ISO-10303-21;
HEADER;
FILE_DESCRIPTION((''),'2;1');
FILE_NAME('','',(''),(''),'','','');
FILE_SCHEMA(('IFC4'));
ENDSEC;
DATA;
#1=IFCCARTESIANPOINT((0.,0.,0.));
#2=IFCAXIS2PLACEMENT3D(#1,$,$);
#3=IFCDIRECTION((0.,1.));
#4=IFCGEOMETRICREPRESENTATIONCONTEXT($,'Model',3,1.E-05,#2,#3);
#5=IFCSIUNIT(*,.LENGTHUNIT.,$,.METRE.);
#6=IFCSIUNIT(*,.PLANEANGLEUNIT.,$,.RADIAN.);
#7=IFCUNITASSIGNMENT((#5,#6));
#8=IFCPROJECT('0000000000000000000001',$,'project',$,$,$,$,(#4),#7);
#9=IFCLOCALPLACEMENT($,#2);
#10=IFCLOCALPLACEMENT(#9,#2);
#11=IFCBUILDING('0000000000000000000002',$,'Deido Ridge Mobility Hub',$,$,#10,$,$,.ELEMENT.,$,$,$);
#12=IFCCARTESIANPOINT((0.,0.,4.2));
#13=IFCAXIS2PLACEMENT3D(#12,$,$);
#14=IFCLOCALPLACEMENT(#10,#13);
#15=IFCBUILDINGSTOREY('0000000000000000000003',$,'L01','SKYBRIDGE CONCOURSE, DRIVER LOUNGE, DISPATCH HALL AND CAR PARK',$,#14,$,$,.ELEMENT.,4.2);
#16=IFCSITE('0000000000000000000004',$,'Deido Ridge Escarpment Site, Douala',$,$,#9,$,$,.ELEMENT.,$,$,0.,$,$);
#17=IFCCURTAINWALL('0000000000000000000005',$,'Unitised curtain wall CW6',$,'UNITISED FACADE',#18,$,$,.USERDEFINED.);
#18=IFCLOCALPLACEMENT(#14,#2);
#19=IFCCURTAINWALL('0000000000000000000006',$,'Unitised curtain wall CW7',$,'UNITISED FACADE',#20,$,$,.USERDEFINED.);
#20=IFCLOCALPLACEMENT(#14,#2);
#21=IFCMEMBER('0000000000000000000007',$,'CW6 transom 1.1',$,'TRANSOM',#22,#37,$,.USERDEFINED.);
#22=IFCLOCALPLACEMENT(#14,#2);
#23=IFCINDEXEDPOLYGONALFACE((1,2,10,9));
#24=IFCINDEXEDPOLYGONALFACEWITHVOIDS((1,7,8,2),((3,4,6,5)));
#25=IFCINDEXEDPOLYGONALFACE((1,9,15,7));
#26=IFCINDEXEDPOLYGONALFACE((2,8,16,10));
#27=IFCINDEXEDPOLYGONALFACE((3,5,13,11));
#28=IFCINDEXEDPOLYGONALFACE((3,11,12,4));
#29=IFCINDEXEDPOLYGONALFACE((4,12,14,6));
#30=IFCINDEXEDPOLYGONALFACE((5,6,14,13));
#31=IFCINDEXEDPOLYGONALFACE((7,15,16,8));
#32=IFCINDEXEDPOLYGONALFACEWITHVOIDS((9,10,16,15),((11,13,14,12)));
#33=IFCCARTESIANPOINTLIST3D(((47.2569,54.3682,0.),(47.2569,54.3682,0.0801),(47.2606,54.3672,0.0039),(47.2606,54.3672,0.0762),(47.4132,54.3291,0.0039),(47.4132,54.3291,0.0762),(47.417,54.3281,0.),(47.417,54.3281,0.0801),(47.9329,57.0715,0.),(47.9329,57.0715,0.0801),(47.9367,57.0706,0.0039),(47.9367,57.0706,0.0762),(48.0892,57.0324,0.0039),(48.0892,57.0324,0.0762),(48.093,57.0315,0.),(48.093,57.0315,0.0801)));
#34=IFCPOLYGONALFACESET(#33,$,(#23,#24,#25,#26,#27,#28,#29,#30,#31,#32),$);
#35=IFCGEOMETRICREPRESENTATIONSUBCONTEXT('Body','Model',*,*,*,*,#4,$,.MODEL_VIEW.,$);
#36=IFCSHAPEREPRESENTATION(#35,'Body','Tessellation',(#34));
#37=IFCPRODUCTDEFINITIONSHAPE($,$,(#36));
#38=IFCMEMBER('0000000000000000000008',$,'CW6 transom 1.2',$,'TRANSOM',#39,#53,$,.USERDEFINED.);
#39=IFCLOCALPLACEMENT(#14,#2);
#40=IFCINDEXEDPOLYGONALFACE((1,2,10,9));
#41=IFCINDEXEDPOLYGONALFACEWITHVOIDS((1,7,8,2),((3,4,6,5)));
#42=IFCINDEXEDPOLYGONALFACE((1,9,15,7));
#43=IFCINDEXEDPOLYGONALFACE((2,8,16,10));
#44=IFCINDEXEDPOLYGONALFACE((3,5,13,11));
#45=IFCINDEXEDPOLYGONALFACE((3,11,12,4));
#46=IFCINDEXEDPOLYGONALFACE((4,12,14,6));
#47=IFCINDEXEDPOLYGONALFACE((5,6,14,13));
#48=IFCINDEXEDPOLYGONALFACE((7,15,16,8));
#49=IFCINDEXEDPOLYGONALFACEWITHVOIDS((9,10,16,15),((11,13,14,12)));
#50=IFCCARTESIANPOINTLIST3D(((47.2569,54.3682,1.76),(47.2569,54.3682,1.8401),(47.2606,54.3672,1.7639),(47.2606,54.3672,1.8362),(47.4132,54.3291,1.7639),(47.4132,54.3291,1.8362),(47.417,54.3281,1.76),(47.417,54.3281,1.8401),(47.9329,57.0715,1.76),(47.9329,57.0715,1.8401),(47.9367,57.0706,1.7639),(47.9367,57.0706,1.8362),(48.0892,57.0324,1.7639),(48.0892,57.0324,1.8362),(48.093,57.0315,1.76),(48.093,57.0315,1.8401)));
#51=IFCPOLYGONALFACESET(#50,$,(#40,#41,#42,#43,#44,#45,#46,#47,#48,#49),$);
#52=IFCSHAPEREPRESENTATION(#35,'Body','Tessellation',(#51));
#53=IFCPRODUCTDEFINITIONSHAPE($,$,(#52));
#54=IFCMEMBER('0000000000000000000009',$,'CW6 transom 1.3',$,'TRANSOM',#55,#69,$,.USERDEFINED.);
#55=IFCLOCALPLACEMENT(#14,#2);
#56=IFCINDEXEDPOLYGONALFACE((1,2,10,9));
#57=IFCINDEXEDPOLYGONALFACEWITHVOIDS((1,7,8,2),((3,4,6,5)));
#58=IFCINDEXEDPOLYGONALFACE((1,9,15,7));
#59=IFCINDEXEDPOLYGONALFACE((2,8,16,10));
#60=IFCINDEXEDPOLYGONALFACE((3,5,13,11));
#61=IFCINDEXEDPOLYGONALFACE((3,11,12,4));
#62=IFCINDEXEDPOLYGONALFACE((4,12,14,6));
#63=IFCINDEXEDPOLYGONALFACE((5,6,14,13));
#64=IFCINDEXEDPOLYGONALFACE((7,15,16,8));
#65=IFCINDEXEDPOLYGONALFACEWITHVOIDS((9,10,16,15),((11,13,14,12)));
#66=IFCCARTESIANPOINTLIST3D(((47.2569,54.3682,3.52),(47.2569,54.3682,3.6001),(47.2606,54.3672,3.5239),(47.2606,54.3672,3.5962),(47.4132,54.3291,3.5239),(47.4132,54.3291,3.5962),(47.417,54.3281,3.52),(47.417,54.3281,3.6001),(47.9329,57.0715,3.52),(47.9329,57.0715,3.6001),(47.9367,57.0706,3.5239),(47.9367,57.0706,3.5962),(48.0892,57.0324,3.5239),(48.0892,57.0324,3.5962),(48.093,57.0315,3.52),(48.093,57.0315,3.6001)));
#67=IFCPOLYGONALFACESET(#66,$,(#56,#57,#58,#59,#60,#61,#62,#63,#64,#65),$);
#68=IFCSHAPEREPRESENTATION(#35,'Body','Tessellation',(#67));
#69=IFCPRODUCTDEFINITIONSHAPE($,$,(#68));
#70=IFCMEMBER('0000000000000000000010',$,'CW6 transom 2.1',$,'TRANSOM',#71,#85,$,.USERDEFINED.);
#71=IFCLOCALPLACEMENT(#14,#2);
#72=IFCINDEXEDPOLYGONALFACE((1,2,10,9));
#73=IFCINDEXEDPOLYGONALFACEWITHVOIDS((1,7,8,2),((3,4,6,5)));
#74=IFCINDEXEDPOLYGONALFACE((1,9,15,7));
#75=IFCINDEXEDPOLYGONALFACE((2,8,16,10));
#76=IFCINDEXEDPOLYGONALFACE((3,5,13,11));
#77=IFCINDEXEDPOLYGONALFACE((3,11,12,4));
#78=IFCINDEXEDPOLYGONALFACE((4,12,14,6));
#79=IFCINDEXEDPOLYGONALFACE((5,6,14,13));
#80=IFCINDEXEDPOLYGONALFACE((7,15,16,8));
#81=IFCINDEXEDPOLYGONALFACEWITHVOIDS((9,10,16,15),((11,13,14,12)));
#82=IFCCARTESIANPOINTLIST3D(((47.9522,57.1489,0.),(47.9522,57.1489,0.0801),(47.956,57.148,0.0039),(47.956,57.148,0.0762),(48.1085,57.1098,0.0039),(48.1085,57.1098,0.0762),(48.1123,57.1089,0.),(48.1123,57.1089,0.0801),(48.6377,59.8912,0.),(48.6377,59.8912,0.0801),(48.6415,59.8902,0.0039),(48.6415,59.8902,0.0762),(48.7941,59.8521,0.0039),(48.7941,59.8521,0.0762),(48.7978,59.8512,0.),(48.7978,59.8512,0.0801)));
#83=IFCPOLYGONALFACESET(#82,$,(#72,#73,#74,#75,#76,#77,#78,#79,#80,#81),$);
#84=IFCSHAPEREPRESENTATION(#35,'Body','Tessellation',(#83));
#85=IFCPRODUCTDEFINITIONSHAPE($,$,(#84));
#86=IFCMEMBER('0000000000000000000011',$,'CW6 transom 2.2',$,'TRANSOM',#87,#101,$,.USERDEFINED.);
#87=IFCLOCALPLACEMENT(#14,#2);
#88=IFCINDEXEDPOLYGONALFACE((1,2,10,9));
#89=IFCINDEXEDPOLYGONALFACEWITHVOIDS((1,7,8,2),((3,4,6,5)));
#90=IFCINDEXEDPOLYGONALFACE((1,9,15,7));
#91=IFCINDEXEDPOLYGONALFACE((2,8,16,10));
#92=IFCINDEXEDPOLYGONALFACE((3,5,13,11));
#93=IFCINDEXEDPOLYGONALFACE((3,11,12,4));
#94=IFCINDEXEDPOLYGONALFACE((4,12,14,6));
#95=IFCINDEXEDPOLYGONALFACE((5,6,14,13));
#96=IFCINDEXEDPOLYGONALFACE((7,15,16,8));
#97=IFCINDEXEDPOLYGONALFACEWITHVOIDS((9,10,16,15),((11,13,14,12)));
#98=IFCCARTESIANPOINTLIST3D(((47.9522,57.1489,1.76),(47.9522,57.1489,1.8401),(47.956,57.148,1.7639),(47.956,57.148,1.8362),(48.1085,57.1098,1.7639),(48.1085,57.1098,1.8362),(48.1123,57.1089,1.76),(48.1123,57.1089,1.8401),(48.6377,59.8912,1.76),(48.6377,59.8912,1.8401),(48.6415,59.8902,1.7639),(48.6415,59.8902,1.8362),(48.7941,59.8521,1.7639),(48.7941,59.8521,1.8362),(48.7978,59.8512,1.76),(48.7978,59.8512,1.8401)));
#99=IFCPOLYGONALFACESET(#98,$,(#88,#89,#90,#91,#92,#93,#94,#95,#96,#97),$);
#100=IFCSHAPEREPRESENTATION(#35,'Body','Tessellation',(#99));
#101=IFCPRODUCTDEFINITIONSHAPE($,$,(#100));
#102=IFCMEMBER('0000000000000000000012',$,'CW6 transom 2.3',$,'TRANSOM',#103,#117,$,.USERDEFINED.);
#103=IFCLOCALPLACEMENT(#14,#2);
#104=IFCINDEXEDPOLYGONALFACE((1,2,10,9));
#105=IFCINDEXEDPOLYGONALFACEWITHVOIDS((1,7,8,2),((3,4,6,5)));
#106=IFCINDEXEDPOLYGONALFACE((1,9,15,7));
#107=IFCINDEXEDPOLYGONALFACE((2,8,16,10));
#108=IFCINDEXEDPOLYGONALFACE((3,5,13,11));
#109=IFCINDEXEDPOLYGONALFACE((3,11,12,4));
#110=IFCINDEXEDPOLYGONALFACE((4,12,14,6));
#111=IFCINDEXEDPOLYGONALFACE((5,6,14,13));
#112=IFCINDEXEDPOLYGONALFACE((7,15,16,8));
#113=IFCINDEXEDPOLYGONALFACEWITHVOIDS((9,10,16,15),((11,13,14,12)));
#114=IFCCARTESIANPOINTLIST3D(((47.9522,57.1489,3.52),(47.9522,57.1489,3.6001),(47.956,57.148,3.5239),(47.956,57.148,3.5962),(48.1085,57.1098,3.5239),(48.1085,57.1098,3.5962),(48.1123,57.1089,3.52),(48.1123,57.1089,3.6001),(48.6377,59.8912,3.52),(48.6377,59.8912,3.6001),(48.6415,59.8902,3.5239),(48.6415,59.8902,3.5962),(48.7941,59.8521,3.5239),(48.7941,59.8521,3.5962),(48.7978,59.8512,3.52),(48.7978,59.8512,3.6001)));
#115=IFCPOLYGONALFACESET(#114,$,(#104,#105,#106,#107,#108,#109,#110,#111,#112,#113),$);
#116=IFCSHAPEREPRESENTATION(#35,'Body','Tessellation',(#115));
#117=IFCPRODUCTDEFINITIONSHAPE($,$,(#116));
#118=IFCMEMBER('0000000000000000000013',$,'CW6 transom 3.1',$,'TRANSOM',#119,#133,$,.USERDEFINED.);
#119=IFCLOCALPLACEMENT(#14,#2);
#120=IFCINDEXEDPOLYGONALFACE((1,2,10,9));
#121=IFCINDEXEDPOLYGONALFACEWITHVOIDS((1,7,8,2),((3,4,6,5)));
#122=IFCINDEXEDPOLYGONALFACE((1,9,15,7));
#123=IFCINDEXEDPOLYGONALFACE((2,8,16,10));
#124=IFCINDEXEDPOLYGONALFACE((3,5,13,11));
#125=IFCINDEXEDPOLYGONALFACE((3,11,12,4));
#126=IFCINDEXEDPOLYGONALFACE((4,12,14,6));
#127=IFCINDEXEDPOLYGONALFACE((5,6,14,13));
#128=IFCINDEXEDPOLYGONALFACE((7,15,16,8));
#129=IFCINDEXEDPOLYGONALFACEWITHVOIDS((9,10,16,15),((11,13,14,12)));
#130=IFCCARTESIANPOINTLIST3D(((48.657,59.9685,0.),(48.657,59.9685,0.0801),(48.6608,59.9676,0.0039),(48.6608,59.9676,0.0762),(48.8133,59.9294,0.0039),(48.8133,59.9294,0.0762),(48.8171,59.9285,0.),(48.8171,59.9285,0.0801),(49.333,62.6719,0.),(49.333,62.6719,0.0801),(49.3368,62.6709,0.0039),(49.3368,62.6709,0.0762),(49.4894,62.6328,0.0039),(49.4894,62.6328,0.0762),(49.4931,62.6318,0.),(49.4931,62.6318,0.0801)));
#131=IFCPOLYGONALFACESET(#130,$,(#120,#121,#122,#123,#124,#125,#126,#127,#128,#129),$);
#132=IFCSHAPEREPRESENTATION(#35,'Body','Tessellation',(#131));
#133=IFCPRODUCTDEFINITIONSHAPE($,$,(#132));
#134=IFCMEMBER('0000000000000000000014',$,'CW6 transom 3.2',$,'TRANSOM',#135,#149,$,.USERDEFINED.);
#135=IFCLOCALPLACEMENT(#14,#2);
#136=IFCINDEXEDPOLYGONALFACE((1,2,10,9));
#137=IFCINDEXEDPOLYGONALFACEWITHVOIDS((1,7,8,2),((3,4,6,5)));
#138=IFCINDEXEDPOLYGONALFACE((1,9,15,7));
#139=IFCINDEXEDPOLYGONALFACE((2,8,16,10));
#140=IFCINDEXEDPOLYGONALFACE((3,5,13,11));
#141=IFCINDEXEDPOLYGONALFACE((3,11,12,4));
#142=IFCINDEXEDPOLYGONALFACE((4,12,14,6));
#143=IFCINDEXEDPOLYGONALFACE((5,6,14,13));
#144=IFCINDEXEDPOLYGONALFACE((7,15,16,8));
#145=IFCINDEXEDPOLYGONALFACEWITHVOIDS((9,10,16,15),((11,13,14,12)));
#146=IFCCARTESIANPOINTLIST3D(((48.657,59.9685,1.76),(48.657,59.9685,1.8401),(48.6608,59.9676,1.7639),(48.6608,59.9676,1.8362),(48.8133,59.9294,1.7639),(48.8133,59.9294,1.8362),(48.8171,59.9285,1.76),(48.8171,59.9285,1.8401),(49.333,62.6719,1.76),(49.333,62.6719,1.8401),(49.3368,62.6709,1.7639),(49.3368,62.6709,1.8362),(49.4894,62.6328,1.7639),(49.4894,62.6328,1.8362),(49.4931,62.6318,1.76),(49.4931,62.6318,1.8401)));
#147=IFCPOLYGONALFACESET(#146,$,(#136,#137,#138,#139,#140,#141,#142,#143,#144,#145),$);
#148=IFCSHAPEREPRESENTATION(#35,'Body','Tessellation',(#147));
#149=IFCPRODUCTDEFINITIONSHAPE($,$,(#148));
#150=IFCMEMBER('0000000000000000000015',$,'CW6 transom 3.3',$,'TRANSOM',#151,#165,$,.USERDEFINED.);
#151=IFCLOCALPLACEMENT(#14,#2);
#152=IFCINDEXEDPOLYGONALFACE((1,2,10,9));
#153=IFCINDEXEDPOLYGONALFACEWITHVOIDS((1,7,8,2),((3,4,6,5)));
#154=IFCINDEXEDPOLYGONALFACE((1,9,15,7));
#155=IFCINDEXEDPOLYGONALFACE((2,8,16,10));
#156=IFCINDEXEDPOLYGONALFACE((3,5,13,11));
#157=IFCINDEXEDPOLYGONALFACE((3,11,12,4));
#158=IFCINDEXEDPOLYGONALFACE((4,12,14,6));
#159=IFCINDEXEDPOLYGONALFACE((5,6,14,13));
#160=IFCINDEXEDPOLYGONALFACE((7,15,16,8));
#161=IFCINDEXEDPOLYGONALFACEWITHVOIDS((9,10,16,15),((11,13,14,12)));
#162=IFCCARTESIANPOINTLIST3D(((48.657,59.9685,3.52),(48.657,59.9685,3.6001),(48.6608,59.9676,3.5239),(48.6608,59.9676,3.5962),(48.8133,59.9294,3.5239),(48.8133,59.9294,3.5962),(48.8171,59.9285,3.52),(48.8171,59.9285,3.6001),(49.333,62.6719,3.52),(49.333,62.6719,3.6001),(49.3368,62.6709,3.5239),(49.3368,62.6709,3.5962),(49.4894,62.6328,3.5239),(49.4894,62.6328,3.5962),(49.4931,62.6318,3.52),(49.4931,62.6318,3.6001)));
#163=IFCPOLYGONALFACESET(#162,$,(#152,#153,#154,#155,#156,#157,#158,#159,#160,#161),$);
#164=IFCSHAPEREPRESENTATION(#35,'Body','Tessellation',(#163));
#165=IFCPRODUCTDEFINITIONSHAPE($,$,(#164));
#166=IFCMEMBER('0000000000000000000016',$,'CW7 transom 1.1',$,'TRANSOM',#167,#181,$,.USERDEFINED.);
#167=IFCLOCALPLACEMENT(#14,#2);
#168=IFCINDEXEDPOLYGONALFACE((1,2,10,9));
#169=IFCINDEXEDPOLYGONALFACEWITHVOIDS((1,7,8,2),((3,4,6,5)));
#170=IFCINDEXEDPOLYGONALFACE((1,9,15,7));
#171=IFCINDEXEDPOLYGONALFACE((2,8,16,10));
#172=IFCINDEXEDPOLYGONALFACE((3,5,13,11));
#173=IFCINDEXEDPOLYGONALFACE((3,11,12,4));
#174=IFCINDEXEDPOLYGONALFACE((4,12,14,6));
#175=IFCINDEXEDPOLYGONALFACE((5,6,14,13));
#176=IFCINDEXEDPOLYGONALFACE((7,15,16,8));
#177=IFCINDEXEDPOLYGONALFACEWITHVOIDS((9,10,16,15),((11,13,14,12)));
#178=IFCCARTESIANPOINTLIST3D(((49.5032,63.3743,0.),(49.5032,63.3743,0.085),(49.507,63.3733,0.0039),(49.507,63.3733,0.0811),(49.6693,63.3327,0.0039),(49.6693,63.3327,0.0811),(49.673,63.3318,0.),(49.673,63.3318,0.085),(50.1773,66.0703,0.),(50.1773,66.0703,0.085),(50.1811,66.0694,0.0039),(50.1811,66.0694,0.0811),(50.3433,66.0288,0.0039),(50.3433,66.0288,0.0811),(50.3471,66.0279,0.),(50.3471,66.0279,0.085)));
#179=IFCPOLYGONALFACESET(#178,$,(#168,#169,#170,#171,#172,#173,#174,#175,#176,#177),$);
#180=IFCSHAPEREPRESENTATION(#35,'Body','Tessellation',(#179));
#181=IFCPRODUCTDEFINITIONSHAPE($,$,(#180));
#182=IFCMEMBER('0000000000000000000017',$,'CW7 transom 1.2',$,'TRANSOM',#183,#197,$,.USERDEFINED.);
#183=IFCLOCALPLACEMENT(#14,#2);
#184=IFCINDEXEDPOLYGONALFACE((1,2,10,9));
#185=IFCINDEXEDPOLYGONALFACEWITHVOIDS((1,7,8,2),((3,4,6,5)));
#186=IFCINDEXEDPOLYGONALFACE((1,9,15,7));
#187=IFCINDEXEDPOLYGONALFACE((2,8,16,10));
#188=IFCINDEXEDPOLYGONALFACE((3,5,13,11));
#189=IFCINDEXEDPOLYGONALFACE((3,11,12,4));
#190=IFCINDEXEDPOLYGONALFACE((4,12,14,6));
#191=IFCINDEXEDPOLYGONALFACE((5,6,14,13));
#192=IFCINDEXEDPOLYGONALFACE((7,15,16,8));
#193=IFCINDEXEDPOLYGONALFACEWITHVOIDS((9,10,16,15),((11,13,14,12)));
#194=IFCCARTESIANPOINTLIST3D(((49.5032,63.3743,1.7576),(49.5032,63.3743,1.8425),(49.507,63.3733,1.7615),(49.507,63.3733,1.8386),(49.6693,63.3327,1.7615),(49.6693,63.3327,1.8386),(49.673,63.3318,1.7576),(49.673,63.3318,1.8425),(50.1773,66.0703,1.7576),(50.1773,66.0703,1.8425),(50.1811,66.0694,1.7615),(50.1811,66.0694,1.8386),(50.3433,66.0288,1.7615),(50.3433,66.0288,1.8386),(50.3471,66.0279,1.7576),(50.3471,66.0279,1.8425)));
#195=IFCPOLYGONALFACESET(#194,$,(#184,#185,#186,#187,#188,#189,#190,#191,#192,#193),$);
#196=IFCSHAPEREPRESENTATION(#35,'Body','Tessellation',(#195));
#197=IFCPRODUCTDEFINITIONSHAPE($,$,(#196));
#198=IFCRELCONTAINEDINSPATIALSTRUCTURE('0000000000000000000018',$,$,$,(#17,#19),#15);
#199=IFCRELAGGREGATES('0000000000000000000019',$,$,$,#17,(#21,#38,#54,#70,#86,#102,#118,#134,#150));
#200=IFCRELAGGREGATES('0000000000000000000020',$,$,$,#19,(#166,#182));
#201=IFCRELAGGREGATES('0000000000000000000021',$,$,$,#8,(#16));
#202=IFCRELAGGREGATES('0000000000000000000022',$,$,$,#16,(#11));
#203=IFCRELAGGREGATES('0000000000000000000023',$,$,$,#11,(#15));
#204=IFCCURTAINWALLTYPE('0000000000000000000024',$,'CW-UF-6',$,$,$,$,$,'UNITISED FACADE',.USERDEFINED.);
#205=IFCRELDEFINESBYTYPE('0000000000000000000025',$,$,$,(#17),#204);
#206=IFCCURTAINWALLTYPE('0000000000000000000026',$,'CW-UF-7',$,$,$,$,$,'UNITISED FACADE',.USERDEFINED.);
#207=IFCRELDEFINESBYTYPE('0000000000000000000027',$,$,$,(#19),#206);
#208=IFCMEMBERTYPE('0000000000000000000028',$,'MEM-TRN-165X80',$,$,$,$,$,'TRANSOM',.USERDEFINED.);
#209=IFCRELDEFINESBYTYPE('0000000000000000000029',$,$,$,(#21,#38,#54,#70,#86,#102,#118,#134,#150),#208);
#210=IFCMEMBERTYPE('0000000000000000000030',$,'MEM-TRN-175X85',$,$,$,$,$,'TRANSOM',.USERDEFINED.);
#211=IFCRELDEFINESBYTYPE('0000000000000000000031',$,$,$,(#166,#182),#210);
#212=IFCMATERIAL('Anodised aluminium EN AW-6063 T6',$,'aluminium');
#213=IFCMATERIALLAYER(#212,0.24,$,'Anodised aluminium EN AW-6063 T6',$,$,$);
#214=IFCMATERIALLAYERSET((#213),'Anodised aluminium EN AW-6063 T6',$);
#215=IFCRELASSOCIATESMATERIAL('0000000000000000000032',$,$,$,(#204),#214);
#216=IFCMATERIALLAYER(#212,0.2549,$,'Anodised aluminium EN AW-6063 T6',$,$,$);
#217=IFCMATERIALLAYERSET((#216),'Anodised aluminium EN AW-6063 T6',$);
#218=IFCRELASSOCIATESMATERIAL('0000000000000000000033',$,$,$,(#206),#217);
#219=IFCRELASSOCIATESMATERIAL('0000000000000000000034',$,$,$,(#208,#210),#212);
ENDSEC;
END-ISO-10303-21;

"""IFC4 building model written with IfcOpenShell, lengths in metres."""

from ifc_helpers import new_model, si_unit, direction, frame, origin, origin_2d, place, context, subcontext, project, spatial, hollow_rectangle, extrude, material, layer, layer_set, material_profile, profile_set, type_object, element, aggregate, save


model = new_model("IFC4")

# Units and contexts
model_context = context("Model", 3, precision=1e-05, world=origin(), true_north=direction((0.0, 1.0)))
body_context = subcontext(model_context, "Body", "Model", "MODEL_VIEW")
ifc_project = project(units=[si_unit("LENGTHUNIT", "METRE"), si_unit("PLANEANGLEUNIT", "RADIAN")], contexts=[model_context])

# Site, building, storey
site_placement = place(None, origin())
site = spatial("IfcSite", under=ifc_project, at=site_placement, Name="Deido Ridge Escarpment Site, Douala", CompositionType="ELEMENT", RefElevation=0.0)
building_placement = place(site_placement, origin())
building = spatial("IfcBuilding", under=site, at=building_placement, Name="Deido Ridge Mobility Hub", CompositionType="ELEMENT")
storey_placement = place(building_placement, frame((0.0, 0.0, 4.2)))
storey = spatial("IfcBuildingStorey", under=building, at=storey_placement, Name="L01", Description="SKYBRIDGE CONCOURSE, DRIVER LOUNGE, DISPATCH HALL AND CAR PARK", CompositionType="ELEMENT", Elevation=4.2)

# Curtain wall
ifc_material_1 = material(Name="Anodised aluminium EN AW-6063 T6", Category="aluminium")
ifc_layer_1 = layer(ifc_material_1, 0.24, Name="Anodised aluminium EN AW-6063 T6")
ifc_layer_set_1 = layer_set([ifc_layer_1], Name="Anodised aluminium EN AW-6063 T6")
curtain_wall_type_1 = type_object("IfcCurtainWallType", Name="CW-UF-6", ElementType="UNITISED FACADE", PredefinedType="USERDEFINED", material=ifc_layer_set_1)
curtain_wall_1_placement = place(storey_placement, origin())
curtain_wall_1 = element("IfcCurtainWall", 1, at=curtain_wall_1_placement, inside=storey, type_object=curtain_wall_type_1, Name="Unitised curtain wall CW6", ObjectType="UNITISED FACADE", PredefinedType="USERDEFINED")

# Curtain wall
ifc_layer_2 = layer(ifc_material_1, 0.2549, Name="Anodised aluminium EN AW-6063 T6")
ifc_layer_set_2 = layer_set([ifc_layer_2], Name="Anodised aluminium EN AW-6063 T6")
curtain_wall_type_2 = type_object("IfcCurtainWallType", Name="CW-UF-7", ElementType="UNITISED FACADE", PredefinedType="USERDEFINED", material=ifc_layer_set_2)
curtain_wall_2_placement = place(storey_placement, origin())
curtain_wall_2 = element("IfcCurtainWall", 2, at=curtain_wall_2_placement, inside=storey, type_object=curtain_wall_type_2, Name="Unitised curtain wall CW7", ObjectType="UNITISED FACADE", PredefinedType="USERDEFINED")

# Members
ifc_material_profile_1 = material_profile(ifc_material_1, hollow_rectangle(XDim=0.165, YDim=0.0801, WallThickness=0.0039, at=origin_2d()), Name="RHS 165x80x4")
ifc_profile_set_1 = profile_set([ifc_material_profile_1], Name="Anodised aluminium EN AW-6063 T6")
member_type_1 = type_object("IfcMemberType", Name="MEM-TRN-165X80", ElementType="TRANSOM", PredefinedType="USERDEFINED", material=ifc_profile_set_1)
member_1_placement = place(storey_placement, frame((47.3369, 54.3481, 0.04), z_axis=(0.242597, 0.970127, 0.0), x_axis=(-0.970127, 0.242597, 0.0)))
member_1 = element("IfcMember", 3, at=member_1_placement, type_object=member_type_1, Name="CW6 transom 1.1", ObjectType="TRANSOM", PredefinedType="USERDEFINED", context=body_context, shape_type="SweptSolid", body=[
    extrude(hollow_rectangle(XDim=0.165, YDim=0.0801, WallThickness=0.0039, at=origin_2d()), origin(), (0.0, 0.0, 1.0), 2.7866),
])
member_2_placement = place(storey_placement, frame((47.3369, 54.3481, 1.8), z_axis=(0.242597, 0.970127, 0.0), x_axis=(-0.970127, 0.242597, 0.0)))
member_2 = element("IfcMember", 4, at=member_2_placement, type_object=member_type_1, Name="CW6 transom 1.2", ObjectType="TRANSOM", PredefinedType="USERDEFINED", context=body_context, shape_type="SweptSolid", body=[
    extrude(hollow_rectangle(XDim=0.165, YDim=0.0801, WallThickness=0.0039, at=origin_2d()), origin(), (0.0, 0.0, 1.0), 2.7866),
])
member_3_placement = place(storey_placement, frame((47.3369, 54.3481, 3.5601), z_axis=(0.242597, 0.970127, 0.0), x_axis=(-0.970127, 0.242597, 0.0)))
member_3 = element("IfcMember", 5, at=member_3_placement, type_object=member_type_1, Name="CW6 transom 1.3", ObjectType="TRANSOM", PredefinedType="USERDEFINED", context=body_context, shape_type="SweptSolid", body=[
    extrude(hollow_rectangle(XDim=0.165, YDim=0.0801, WallThickness=0.0039, at=origin_2d()), origin(), (0.0, 0.0, 1.0), 2.7866),
])
member_4_placement = place(storey_placement, frame((48.0322, 57.1289, 0.04), z_axis=(0.242536, 0.970143, 0.0), x_axis=(-0.970143, 0.242536, 0.0)))
member_4 = element("IfcMember", 6, at=member_4_placement, type_object=member_type_1, Name="CW6 transom 2.1", ObjectType="TRANSOM", PredefinedType="USERDEFINED", context=body_context, shape_type="SweptSolid", body=[
    extrude(hollow_rectangle(XDim=0.165, YDim=0.0801, WallThickness=0.0039, at=origin_2d()), origin(), (0.0, 0.0, 1.0), 2.8267),
])
member_5_placement = place(storey_placement, frame((48.0322, 57.1289, 1.8), z_axis=(0.242536, 0.970143, 0.0), x_axis=(-0.970143, 0.242536, 0.0)))
member_5 = element("IfcMember", 7, at=member_5_placement, type_object=member_type_1, Name="CW6 transom 2.2", ObjectType="TRANSOM", PredefinedType="USERDEFINED", context=body_context, shape_type="SweptSolid", body=[
    extrude(hollow_rectangle(XDim=0.165, YDim=0.0801, WallThickness=0.0039, at=origin_2d()), origin(), (0.0, 0.0, 1.0), 2.8267),
])
member_6_placement = place(storey_placement, frame((48.0322, 57.1289, 3.5601), z_axis=(0.242536, 0.970143, 0.0), x_axis=(-0.970143, 0.242536, 0.0)))
member_6 = element("IfcMember", 8, at=member_6_placement, type_object=member_type_1, Name="CW6 transom 2.3", ObjectType="TRANSOM", PredefinedType="USERDEFINED", context=body_context, shape_type="SweptSolid", body=[
    extrude(hollow_rectangle(XDim=0.165, YDim=0.0801, WallThickness=0.0039, at=origin_2d()), origin(), (0.0, 0.0, 1.0), 2.8267),
])
member_7_placement = place(storey_placement, frame((48.7371, 59.9485, 0.04), z_axis=(0.242597, 0.970127, 0.0), x_axis=(-0.970127, 0.242597, 0.0)))
member_7 = element("IfcMember", 9, at=member_7_placement, type_object=member_type_1, Name="CW6 transom 3.1", ObjectType="TRANSOM", PredefinedType="USERDEFINED", context=body_context, shape_type="SweptSolid", body=[
    extrude(hollow_rectangle(XDim=0.165, YDim=0.0801, WallThickness=0.0039, at=origin_2d()), origin(), (0.0, 0.0, 1.0), 2.7866),
])
member_8_placement = place(storey_placement, frame((48.7371, 59.9485, 1.8), z_axis=(0.242597, 0.970127, 0.0), x_axis=(-0.970127, 0.242597, 0.0)))
member_8 = element("IfcMember", 10, at=member_8_placement, type_object=member_type_1, Name="CW6 transom 3.2", ObjectType="TRANSOM", PredefinedType="USERDEFINED", context=body_context, shape_type="SweptSolid", body=[
    extrude(hollow_rectangle(XDim=0.165, YDim=0.0801, WallThickness=0.0039, at=origin_2d()), origin(), (0.0, 0.0, 1.0), 2.7866),
])
member_9_placement = place(storey_placement, frame((48.7371, 59.9485, 3.5601), z_axis=(0.242597, 0.970127, 0.0), x_axis=(-0.970127, 0.242597, 0.0)))
member_9 = element("IfcMember", 11, at=member_9_placement, type_object=member_type_1, Name="CW6 transom 3.3", ObjectType="TRANSOM", PredefinedType="USERDEFINED", context=body_context, shape_type="SweptSolid", body=[
    extrude(hollow_rectangle(XDim=0.165, YDim=0.0801, WallThickness=0.0039, at=origin_2d()), origin(), (0.0, 0.0, 1.0), 2.7866),
])
ifc_material_profile_2 = material_profile(ifc_material_1, hollow_rectangle(XDim=0.175, YDim=0.085, WallThickness=0.0039, at=origin_2d()), Name="RHS 175x85x4")
ifc_profile_set_2 = profile_set([ifc_material_profile_2], Name="Anodised aluminium EN AW-6063 T6")
member_type_2 = type_object("IfcMemberType", Name="MEM-TRN-175X85", ElementType="TRANSOM", PredefinedType="USERDEFINED", material=ifc_profile_set_2)
member_10_placement = place(storey_placement, frame((49.5881, 63.353, 0.0425), z_axis=(0.242556, 0.970137, 0.0), x_axis=(-0.970137, 0.242556, 0.0)))
member_10 = element("IfcMember", 12, at=member_10_placement, type_object=member_type_2, Name="CW7 transom 1.1", ObjectType="TRANSOM", PredefinedType="USERDEFINED", context=body_context, shape_type="SweptSolid", body=[
    extrude(hollow_rectangle(XDim=0.175, YDim=0.085, WallThickness=0.0039, at=origin_2d()), origin(), (0.0, 0.0, 1.0), 2.7791),
])
member_11_placement = place(storey_placement, frame((49.5881, 63.353, 1.8), z_axis=(0.242556, 0.970137, 0.0), x_axis=(-0.970137, 0.242556, 0.0)))
member_11 = element("IfcMember", 13, at=member_11_placement, type_object=member_type_2, Name="CW7 transom 1.2", ObjectType="TRANSOM", PredefinedType="USERDEFINED", context=body_context, shape_type="SweptSolid", body=[
    extrude(hollow_rectangle(XDim=0.175, YDim=0.085, WallThickness=0.0039, at=origin_2d()), origin(), (0.0, 0.0, 1.0), 2.7791),
])

aggregate(curtain_wall_1, [member_1, member_2, member_3, member_4, member_5, member_6, member_7, member_8, member_9])
aggregate(curtain_wall_2, [member_10, member_11])

save(model, "model.ifc")
